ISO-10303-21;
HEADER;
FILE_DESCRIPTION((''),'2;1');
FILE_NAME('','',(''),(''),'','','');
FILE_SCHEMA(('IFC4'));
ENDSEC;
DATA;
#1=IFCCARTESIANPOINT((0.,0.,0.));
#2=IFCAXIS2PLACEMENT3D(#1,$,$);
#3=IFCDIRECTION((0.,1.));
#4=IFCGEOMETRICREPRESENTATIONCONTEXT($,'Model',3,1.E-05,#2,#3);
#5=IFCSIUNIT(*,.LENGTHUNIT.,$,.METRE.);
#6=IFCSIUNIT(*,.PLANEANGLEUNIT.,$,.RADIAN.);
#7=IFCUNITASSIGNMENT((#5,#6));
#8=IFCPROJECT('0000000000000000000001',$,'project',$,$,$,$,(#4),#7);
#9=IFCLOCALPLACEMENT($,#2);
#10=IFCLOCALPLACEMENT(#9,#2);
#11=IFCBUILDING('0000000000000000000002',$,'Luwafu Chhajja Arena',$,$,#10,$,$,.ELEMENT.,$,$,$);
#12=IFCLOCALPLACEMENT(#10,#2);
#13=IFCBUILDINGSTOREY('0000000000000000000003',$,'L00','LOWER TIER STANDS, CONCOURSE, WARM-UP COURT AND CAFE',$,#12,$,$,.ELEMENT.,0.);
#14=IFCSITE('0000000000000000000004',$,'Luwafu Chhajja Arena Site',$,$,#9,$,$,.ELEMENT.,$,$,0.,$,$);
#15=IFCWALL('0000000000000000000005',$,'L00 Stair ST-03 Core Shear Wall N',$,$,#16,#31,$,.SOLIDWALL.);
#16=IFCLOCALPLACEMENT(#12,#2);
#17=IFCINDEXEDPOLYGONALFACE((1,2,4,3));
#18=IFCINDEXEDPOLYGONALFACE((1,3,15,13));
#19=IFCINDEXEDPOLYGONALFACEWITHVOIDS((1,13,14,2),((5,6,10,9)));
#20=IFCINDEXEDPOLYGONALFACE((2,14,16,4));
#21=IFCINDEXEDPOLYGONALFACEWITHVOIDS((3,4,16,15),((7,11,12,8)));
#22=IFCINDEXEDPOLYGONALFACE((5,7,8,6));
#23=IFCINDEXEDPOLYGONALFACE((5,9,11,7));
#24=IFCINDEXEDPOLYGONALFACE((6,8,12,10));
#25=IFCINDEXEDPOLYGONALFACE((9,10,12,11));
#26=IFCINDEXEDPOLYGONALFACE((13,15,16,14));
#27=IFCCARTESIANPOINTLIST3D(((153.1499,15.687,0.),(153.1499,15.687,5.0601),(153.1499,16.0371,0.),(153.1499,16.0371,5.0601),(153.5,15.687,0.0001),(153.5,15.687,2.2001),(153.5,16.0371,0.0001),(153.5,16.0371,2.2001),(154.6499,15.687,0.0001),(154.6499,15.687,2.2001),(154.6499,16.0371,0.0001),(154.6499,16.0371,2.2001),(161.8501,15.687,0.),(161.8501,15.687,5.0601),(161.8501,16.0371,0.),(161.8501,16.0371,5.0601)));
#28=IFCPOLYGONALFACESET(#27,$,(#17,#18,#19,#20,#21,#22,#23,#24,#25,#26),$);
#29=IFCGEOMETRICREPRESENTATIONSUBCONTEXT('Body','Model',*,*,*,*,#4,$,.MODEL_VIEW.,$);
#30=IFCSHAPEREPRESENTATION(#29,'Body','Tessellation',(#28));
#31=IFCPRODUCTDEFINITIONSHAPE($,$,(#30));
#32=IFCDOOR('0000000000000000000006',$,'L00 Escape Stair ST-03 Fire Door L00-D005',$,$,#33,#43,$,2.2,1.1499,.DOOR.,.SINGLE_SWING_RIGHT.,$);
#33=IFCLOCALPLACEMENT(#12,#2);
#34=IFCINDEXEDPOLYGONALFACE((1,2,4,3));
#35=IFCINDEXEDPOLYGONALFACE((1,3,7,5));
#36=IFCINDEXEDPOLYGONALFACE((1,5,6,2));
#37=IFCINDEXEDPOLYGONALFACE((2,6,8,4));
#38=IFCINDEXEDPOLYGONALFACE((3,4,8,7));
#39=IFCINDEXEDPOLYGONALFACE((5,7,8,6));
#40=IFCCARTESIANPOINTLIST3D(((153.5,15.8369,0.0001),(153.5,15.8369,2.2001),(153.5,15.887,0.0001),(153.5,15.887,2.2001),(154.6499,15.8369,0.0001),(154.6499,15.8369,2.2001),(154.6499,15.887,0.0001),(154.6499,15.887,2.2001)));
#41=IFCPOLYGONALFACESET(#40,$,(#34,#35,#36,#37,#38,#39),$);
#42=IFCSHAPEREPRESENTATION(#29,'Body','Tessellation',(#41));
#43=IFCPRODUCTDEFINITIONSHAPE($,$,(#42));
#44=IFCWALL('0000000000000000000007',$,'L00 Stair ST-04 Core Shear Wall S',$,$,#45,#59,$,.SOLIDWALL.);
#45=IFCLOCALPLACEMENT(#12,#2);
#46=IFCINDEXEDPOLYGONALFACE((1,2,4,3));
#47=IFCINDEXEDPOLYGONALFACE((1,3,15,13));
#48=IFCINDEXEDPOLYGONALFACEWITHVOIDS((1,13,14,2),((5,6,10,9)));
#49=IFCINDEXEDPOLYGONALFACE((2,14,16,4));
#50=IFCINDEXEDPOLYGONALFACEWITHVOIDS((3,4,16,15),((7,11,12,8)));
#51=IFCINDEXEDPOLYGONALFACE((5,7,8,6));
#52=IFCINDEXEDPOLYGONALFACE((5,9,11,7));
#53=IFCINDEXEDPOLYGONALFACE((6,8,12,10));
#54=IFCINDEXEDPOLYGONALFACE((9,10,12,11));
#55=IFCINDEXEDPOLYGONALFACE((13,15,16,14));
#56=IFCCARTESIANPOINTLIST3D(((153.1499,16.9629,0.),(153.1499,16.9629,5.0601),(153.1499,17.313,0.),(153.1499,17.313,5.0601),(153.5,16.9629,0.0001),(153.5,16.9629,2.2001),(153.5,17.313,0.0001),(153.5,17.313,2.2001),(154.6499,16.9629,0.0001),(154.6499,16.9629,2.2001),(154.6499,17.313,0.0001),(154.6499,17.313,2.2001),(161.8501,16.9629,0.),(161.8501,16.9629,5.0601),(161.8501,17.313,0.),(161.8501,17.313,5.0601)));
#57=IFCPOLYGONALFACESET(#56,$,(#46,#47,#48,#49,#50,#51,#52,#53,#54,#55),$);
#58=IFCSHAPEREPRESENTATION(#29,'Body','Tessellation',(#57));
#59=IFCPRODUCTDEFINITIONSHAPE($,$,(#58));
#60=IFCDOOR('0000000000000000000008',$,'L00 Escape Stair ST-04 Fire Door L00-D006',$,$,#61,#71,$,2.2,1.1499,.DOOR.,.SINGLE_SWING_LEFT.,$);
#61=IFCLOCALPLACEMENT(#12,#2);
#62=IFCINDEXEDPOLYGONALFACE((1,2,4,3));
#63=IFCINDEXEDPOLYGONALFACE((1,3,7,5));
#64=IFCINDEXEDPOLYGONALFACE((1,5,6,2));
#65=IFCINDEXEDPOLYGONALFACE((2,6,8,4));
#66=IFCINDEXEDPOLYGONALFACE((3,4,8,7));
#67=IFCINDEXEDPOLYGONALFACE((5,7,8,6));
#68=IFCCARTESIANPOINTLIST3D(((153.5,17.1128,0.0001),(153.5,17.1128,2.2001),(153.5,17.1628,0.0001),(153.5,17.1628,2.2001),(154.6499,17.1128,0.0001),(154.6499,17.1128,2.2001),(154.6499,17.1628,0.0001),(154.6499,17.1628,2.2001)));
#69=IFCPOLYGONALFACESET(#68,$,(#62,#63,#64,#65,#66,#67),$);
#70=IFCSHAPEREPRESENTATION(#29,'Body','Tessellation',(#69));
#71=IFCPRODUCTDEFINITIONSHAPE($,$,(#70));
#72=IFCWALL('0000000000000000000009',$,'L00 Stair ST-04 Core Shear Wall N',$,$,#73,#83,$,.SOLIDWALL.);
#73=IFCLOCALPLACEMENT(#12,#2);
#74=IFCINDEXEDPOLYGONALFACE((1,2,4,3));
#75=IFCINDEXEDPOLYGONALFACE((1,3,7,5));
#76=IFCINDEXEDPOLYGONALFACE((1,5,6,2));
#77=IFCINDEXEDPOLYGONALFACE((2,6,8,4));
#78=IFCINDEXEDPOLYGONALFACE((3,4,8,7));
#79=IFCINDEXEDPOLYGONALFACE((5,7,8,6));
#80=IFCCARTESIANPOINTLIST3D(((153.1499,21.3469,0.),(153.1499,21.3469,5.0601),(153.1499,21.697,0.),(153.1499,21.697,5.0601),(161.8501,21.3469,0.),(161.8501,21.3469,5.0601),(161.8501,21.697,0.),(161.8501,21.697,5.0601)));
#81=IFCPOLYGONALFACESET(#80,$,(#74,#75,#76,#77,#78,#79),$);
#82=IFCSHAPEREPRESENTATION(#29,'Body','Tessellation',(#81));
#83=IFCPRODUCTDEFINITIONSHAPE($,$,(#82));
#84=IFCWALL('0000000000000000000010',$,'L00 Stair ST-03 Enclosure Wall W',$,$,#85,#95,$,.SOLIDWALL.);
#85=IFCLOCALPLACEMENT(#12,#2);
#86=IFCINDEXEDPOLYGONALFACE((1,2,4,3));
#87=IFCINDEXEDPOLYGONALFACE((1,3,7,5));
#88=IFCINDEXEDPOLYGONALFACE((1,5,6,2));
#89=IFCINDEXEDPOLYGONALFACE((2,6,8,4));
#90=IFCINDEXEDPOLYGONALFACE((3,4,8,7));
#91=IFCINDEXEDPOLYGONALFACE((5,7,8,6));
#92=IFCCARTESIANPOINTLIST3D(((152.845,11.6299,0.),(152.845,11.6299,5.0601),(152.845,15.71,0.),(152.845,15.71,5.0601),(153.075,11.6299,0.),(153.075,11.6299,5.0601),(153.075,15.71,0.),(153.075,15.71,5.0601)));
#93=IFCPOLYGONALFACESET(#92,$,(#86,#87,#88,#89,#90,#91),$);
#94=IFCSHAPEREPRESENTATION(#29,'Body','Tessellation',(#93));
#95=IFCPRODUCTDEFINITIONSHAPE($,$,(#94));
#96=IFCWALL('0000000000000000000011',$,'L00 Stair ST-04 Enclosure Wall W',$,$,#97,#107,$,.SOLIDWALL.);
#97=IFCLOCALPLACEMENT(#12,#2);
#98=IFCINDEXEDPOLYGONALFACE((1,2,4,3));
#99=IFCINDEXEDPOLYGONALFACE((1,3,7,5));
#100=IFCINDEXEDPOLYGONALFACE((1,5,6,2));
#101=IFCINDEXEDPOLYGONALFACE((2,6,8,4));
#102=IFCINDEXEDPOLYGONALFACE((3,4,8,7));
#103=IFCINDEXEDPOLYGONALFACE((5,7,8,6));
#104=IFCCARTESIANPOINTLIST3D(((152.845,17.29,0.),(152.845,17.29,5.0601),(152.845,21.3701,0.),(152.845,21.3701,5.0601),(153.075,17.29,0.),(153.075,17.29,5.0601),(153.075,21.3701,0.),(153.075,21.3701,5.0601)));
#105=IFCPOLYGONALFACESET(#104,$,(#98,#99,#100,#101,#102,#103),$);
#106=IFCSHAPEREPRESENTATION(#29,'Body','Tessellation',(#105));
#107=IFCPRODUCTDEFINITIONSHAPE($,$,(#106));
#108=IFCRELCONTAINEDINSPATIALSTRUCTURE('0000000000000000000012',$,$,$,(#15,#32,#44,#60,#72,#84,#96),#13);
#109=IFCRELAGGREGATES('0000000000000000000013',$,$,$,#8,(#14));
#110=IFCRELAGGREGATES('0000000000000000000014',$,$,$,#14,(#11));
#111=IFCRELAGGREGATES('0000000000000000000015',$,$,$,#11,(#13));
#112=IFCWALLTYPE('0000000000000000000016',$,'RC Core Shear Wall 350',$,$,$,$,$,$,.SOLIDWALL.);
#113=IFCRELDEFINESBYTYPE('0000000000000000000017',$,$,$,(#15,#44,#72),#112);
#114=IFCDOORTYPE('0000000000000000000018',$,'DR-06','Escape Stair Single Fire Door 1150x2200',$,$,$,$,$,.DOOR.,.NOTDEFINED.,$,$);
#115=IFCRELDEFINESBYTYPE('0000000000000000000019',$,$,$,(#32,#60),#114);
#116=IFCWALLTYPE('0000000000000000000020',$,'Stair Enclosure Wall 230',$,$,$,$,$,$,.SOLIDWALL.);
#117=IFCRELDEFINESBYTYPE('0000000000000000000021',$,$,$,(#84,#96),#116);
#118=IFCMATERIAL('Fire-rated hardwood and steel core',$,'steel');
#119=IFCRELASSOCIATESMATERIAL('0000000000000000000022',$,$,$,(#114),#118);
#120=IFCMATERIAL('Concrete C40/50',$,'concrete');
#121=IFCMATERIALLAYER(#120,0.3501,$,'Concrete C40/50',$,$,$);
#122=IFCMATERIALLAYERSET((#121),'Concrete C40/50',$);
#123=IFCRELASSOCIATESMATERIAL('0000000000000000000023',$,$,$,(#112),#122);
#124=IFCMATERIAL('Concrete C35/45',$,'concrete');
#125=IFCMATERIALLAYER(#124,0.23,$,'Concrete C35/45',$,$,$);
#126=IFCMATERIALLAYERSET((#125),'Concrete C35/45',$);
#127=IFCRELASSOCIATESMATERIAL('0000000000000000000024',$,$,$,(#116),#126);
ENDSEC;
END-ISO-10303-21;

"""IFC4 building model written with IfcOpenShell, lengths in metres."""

from ifc_helpers import new_model, si_unit, direction, frame, frame_2d, origin, place, context, subcontext, project, spatial, rectangle, extrude, material, layer, layer_set, type_object, element, fill, save


model = new_model("IFC4")

# Units and contexts
model_context = context("Model", 3, precision=1e-05, world=origin(), true_north=direction((0.0, 1.0)))
body_context = subcontext(model_context, "Body", "Model", "MODEL_VIEW")
ifc_project = project(units=[si_unit("LENGTHUNIT", "METRE"), si_unit("PLANEANGLEUNIT", "RADIAN")], contexts=[model_context])

# Site, building, storey
site_placement = place(None, origin())
site = spatial("IfcSite", under=ifc_project, at=site_placement, Name="Luwafu Chhajja Arena Site", CompositionType="ELEMENT", RefElevation=0.0)
building_placement = place(site_placement, origin())
building = spatial("IfcBuilding", under=site, at=building_placement, Name="Luwafu Chhajja Arena", CompositionType="ELEMENT")
storey_placement = place(building_placement, origin())
storey = spatial("IfcBuildingStorey", under=building, at=storey_placement, Name="L00", Description="LOWER TIER STANDS, CONCOURSE, WARM-UP COURT AND CAFE", CompositionType="ELEMENT", Elevation=0.0)

# Shared definitions
ifc_material_1 = material(Name="Concrete C35/45", Category="concrete")

# Shared definitions
ifc_material_2 = material(Name="Fire-rated hardwood and steel core", Category="steel")
door_type = type_object("IfcDoorType", Name="DR-06", Description="Escape Stair Single Fire Door 1150x2200", OperationType="NOTDEFINED", PredefinedType="DOOR", material=ifc_material_2)

# Shared definitions
ifc_material_3 = material(Name="Concrete C40/50", Category="concrete")

# Walls, openings, doors
ifc_layer_1 = layer(ifc_material_3, 0.3501, Name="Concrete C40/50")
ifc_layer_set_1 = layer_set([ifc_layer_1], Name="Concrete C40/50")
wall_type_1 = type_object("IfcWallType", Name="RC Core Shear Wall 350", PredefinedType="SOLIDWALL", material=ifc_layer_set_1)
wall_1_placement = place(storey_placement, frame((153.1499, 15.8621, 0.0), z_axis=(0.0, 0.0, 1.0), x_axis=(1.0, 0.0, 0.0)))
wall_1 = element("IfcWall", 1, at=wall_1_placement, inside=storey, type_object=wall_type_1, Name="L00 Stair ST-03 Core Shear Wall N", PredefinedType="SOLIDWALL", context=body_context, shape_type="SweptSolid", body=[
    extrude(rectangle(XDim=8.7002, YDim=0.3501, at=frame_2d((4.3501, 0.0))), origin(), (0.0, 0.0, 1.0), 5.0601),
])
opening_1_placement = place(wall_1_placement, frame((0.3501, 0.0, 0.0)))
opening_1 = element("IfcOpeningElement", 2, at=opening_1_placement, cuts=wall_1, PredefinedType="OPENING", context=body_context, shape_type="SweptSolid", body=[
    extrude(rectangle(XDim=1.1499, YDim=2.2, at=frame_2d((0.575, 1.1001))), frame((0.0, 0.1851, 0.0), z_axis=(0.0, -1.0, 0.0), x_axis=(1.0, 0.0, 0.0)), (0.0, 0.0, 1.0), 0.3701),
])
door_1_placement = place(opening_1_placement, origin())
door_1 = element("IfcDoor", 3, at=door_1_placement, inside=storey, type_object=door_type, Name="L00 Escape Stair ST-03 Fire Door L00-D005", OperationType="SINGLE_SWING_RIGHT", OverallHeight=2.2, OverallWidth=1.1499, PredefinedType="DOOR", context=body_context, shape_type="SweptSolid", body=[
    extrude(rectangle(XDim=1.1499, YDim=2.2, at=frame_2d((0.575, 1.1001))), frame((0.0, 0.0249, 0.0), z_axis=(0.0, -1.0, 0.0), x_axis=(1.0, 0.0, 0.0)), (0.0, 0.0, 1.0), 0.05),
])
fill(opening_1, door_1)
wall_2_placement = place(storey_placement, frame((153.1499, 17.1379, 0.0), z_axis=(0.0, 0.0, 1.0), x_axis=(1.0, 0.0, 0.0)))
wall_2 = element("IfcWall", 4, at=wall_2_placement, inside=storey, type_object=wall_type_1, Name="L00 Stair ST-04 Core Shear Wall S", PredefinedType="SOLIDWALL", context=body_context, shape_type="SweptSolid", body=[
    extrude(rectangle(XDim=8.7002, YDim=0.3501, at=frame_2d((4.3501, 0.0))), origin(), (0.0, 0.0, 1.0), 5.0601),
])
opening_2_placement = place(wall_2_placement, frame((0.3501, 0.0, 0.0)))
opening_2 = element("IfcOpeningElement", 5, at=opening_2_placement, cuts=wall_2, PredefinedType="OPENING", context=body_context, shape_type="SweptSolid", body=[
    extrude(rectangle(XDim=1.1499, YDim=2.2, at=frame_2d((0.575, 1.1001))), frame((0.0, 0.1851, 0.0), z_axis=(0.0, -1.0, 0.0), x_axis=(1.0, 0.0, 0.0)), (0.0, 0.0, 1.0), 0.3701),
])
door_2_placement = place(opening_2_placement, origin())
door_2 = element("IfcDoor", 6, at=door_2_placement, inside=storey, type_object=door_type, Name="L00 Escape Stair ST-04 Fire Door L00-D006", OperationType="SINGLE_SWING_LEFT", OverallHeight=2.2, OverallWidth=1.1499, PredefinedType="DOOR", context=body_context, shape_type="SweptSolid", body=[
    extrude(rectangle(XDim=1.1499, YDim=2.2, at=frame_2d((0.575, 1.1001))), frame((0.0, 0.0249, 0.0), z_axis=(0.0, -1.0, 0.0), x_axis=(1.0, 0.0, 0.0)), (0.0, 0.0, 1.0), 0.05),
])
fill(opening_2, door_2)

# Walls
wall_3_placement = place(storey_placement, frame((153.1499, 21.522, 0.0), z_axis=(0.0, 0.0, 1.0), x_axis=(1.0, 0.0, 0.0)))
element("IfcWall", 7, at=wall_3_placement, inside=storey, type_object=wall_type_1, Name="L00 Stair ST-04 Core Shear Wall N", PredefinedType="SOLIDWALL", context=body_context, shape_type="SweptSolid", body=[
    extrude(rectangle(XDim=8.7002, YDim=0.3501, at=frame_2d((4.3501, 0.0))), origin(), (0.0, 0.0, 1.0), 5.0601),
])
ifc_layer_2 = layer(ifc_material_1, 0.23, Name="Concrete C35/45")
ifc_layer_set_2 = layer_set([ifc_layer_2], Name="Concrete C35/45")
wall_type_2 = type_object("IfcWallType", Name="Stair Enclosure Wall 230", PredefinedType="SOLIDWALL", material=ifc_layer_set_2)
for number, where, z_axis, x_axis, name in (
    (8, (152.96, 11.6299, 0.0), (0.0, 0.0, 1.0), (0.0, 1.0, 0.0), "L00 Stair ST-03 Enclosure Wall W"),
    (9, (152.96, 17.29, 0.0), (0.0, 0.0, 1.0), (0.0, 1.0, 0.0), "L00 Stair ST-04 Enclosure Wall W"),
):
    element("IfcWall", number, at=place(storey_placement, frame(where, z_axis=z_axis, x_axis=x_axis)), inside=storey, type_object=wall_type_2, Name=name, PredefinedType="SOLIDWALL", context=body_context, shape_type="SweptSolid", body=[
        extrude(rectangle(XDim=4.0801, YDim=0.23, at=frame_2d((2.04, 0.0))), origin(), (0.0, 0.0, 1.0), 5.0601),
    ])

save(model, "model.ifc")
